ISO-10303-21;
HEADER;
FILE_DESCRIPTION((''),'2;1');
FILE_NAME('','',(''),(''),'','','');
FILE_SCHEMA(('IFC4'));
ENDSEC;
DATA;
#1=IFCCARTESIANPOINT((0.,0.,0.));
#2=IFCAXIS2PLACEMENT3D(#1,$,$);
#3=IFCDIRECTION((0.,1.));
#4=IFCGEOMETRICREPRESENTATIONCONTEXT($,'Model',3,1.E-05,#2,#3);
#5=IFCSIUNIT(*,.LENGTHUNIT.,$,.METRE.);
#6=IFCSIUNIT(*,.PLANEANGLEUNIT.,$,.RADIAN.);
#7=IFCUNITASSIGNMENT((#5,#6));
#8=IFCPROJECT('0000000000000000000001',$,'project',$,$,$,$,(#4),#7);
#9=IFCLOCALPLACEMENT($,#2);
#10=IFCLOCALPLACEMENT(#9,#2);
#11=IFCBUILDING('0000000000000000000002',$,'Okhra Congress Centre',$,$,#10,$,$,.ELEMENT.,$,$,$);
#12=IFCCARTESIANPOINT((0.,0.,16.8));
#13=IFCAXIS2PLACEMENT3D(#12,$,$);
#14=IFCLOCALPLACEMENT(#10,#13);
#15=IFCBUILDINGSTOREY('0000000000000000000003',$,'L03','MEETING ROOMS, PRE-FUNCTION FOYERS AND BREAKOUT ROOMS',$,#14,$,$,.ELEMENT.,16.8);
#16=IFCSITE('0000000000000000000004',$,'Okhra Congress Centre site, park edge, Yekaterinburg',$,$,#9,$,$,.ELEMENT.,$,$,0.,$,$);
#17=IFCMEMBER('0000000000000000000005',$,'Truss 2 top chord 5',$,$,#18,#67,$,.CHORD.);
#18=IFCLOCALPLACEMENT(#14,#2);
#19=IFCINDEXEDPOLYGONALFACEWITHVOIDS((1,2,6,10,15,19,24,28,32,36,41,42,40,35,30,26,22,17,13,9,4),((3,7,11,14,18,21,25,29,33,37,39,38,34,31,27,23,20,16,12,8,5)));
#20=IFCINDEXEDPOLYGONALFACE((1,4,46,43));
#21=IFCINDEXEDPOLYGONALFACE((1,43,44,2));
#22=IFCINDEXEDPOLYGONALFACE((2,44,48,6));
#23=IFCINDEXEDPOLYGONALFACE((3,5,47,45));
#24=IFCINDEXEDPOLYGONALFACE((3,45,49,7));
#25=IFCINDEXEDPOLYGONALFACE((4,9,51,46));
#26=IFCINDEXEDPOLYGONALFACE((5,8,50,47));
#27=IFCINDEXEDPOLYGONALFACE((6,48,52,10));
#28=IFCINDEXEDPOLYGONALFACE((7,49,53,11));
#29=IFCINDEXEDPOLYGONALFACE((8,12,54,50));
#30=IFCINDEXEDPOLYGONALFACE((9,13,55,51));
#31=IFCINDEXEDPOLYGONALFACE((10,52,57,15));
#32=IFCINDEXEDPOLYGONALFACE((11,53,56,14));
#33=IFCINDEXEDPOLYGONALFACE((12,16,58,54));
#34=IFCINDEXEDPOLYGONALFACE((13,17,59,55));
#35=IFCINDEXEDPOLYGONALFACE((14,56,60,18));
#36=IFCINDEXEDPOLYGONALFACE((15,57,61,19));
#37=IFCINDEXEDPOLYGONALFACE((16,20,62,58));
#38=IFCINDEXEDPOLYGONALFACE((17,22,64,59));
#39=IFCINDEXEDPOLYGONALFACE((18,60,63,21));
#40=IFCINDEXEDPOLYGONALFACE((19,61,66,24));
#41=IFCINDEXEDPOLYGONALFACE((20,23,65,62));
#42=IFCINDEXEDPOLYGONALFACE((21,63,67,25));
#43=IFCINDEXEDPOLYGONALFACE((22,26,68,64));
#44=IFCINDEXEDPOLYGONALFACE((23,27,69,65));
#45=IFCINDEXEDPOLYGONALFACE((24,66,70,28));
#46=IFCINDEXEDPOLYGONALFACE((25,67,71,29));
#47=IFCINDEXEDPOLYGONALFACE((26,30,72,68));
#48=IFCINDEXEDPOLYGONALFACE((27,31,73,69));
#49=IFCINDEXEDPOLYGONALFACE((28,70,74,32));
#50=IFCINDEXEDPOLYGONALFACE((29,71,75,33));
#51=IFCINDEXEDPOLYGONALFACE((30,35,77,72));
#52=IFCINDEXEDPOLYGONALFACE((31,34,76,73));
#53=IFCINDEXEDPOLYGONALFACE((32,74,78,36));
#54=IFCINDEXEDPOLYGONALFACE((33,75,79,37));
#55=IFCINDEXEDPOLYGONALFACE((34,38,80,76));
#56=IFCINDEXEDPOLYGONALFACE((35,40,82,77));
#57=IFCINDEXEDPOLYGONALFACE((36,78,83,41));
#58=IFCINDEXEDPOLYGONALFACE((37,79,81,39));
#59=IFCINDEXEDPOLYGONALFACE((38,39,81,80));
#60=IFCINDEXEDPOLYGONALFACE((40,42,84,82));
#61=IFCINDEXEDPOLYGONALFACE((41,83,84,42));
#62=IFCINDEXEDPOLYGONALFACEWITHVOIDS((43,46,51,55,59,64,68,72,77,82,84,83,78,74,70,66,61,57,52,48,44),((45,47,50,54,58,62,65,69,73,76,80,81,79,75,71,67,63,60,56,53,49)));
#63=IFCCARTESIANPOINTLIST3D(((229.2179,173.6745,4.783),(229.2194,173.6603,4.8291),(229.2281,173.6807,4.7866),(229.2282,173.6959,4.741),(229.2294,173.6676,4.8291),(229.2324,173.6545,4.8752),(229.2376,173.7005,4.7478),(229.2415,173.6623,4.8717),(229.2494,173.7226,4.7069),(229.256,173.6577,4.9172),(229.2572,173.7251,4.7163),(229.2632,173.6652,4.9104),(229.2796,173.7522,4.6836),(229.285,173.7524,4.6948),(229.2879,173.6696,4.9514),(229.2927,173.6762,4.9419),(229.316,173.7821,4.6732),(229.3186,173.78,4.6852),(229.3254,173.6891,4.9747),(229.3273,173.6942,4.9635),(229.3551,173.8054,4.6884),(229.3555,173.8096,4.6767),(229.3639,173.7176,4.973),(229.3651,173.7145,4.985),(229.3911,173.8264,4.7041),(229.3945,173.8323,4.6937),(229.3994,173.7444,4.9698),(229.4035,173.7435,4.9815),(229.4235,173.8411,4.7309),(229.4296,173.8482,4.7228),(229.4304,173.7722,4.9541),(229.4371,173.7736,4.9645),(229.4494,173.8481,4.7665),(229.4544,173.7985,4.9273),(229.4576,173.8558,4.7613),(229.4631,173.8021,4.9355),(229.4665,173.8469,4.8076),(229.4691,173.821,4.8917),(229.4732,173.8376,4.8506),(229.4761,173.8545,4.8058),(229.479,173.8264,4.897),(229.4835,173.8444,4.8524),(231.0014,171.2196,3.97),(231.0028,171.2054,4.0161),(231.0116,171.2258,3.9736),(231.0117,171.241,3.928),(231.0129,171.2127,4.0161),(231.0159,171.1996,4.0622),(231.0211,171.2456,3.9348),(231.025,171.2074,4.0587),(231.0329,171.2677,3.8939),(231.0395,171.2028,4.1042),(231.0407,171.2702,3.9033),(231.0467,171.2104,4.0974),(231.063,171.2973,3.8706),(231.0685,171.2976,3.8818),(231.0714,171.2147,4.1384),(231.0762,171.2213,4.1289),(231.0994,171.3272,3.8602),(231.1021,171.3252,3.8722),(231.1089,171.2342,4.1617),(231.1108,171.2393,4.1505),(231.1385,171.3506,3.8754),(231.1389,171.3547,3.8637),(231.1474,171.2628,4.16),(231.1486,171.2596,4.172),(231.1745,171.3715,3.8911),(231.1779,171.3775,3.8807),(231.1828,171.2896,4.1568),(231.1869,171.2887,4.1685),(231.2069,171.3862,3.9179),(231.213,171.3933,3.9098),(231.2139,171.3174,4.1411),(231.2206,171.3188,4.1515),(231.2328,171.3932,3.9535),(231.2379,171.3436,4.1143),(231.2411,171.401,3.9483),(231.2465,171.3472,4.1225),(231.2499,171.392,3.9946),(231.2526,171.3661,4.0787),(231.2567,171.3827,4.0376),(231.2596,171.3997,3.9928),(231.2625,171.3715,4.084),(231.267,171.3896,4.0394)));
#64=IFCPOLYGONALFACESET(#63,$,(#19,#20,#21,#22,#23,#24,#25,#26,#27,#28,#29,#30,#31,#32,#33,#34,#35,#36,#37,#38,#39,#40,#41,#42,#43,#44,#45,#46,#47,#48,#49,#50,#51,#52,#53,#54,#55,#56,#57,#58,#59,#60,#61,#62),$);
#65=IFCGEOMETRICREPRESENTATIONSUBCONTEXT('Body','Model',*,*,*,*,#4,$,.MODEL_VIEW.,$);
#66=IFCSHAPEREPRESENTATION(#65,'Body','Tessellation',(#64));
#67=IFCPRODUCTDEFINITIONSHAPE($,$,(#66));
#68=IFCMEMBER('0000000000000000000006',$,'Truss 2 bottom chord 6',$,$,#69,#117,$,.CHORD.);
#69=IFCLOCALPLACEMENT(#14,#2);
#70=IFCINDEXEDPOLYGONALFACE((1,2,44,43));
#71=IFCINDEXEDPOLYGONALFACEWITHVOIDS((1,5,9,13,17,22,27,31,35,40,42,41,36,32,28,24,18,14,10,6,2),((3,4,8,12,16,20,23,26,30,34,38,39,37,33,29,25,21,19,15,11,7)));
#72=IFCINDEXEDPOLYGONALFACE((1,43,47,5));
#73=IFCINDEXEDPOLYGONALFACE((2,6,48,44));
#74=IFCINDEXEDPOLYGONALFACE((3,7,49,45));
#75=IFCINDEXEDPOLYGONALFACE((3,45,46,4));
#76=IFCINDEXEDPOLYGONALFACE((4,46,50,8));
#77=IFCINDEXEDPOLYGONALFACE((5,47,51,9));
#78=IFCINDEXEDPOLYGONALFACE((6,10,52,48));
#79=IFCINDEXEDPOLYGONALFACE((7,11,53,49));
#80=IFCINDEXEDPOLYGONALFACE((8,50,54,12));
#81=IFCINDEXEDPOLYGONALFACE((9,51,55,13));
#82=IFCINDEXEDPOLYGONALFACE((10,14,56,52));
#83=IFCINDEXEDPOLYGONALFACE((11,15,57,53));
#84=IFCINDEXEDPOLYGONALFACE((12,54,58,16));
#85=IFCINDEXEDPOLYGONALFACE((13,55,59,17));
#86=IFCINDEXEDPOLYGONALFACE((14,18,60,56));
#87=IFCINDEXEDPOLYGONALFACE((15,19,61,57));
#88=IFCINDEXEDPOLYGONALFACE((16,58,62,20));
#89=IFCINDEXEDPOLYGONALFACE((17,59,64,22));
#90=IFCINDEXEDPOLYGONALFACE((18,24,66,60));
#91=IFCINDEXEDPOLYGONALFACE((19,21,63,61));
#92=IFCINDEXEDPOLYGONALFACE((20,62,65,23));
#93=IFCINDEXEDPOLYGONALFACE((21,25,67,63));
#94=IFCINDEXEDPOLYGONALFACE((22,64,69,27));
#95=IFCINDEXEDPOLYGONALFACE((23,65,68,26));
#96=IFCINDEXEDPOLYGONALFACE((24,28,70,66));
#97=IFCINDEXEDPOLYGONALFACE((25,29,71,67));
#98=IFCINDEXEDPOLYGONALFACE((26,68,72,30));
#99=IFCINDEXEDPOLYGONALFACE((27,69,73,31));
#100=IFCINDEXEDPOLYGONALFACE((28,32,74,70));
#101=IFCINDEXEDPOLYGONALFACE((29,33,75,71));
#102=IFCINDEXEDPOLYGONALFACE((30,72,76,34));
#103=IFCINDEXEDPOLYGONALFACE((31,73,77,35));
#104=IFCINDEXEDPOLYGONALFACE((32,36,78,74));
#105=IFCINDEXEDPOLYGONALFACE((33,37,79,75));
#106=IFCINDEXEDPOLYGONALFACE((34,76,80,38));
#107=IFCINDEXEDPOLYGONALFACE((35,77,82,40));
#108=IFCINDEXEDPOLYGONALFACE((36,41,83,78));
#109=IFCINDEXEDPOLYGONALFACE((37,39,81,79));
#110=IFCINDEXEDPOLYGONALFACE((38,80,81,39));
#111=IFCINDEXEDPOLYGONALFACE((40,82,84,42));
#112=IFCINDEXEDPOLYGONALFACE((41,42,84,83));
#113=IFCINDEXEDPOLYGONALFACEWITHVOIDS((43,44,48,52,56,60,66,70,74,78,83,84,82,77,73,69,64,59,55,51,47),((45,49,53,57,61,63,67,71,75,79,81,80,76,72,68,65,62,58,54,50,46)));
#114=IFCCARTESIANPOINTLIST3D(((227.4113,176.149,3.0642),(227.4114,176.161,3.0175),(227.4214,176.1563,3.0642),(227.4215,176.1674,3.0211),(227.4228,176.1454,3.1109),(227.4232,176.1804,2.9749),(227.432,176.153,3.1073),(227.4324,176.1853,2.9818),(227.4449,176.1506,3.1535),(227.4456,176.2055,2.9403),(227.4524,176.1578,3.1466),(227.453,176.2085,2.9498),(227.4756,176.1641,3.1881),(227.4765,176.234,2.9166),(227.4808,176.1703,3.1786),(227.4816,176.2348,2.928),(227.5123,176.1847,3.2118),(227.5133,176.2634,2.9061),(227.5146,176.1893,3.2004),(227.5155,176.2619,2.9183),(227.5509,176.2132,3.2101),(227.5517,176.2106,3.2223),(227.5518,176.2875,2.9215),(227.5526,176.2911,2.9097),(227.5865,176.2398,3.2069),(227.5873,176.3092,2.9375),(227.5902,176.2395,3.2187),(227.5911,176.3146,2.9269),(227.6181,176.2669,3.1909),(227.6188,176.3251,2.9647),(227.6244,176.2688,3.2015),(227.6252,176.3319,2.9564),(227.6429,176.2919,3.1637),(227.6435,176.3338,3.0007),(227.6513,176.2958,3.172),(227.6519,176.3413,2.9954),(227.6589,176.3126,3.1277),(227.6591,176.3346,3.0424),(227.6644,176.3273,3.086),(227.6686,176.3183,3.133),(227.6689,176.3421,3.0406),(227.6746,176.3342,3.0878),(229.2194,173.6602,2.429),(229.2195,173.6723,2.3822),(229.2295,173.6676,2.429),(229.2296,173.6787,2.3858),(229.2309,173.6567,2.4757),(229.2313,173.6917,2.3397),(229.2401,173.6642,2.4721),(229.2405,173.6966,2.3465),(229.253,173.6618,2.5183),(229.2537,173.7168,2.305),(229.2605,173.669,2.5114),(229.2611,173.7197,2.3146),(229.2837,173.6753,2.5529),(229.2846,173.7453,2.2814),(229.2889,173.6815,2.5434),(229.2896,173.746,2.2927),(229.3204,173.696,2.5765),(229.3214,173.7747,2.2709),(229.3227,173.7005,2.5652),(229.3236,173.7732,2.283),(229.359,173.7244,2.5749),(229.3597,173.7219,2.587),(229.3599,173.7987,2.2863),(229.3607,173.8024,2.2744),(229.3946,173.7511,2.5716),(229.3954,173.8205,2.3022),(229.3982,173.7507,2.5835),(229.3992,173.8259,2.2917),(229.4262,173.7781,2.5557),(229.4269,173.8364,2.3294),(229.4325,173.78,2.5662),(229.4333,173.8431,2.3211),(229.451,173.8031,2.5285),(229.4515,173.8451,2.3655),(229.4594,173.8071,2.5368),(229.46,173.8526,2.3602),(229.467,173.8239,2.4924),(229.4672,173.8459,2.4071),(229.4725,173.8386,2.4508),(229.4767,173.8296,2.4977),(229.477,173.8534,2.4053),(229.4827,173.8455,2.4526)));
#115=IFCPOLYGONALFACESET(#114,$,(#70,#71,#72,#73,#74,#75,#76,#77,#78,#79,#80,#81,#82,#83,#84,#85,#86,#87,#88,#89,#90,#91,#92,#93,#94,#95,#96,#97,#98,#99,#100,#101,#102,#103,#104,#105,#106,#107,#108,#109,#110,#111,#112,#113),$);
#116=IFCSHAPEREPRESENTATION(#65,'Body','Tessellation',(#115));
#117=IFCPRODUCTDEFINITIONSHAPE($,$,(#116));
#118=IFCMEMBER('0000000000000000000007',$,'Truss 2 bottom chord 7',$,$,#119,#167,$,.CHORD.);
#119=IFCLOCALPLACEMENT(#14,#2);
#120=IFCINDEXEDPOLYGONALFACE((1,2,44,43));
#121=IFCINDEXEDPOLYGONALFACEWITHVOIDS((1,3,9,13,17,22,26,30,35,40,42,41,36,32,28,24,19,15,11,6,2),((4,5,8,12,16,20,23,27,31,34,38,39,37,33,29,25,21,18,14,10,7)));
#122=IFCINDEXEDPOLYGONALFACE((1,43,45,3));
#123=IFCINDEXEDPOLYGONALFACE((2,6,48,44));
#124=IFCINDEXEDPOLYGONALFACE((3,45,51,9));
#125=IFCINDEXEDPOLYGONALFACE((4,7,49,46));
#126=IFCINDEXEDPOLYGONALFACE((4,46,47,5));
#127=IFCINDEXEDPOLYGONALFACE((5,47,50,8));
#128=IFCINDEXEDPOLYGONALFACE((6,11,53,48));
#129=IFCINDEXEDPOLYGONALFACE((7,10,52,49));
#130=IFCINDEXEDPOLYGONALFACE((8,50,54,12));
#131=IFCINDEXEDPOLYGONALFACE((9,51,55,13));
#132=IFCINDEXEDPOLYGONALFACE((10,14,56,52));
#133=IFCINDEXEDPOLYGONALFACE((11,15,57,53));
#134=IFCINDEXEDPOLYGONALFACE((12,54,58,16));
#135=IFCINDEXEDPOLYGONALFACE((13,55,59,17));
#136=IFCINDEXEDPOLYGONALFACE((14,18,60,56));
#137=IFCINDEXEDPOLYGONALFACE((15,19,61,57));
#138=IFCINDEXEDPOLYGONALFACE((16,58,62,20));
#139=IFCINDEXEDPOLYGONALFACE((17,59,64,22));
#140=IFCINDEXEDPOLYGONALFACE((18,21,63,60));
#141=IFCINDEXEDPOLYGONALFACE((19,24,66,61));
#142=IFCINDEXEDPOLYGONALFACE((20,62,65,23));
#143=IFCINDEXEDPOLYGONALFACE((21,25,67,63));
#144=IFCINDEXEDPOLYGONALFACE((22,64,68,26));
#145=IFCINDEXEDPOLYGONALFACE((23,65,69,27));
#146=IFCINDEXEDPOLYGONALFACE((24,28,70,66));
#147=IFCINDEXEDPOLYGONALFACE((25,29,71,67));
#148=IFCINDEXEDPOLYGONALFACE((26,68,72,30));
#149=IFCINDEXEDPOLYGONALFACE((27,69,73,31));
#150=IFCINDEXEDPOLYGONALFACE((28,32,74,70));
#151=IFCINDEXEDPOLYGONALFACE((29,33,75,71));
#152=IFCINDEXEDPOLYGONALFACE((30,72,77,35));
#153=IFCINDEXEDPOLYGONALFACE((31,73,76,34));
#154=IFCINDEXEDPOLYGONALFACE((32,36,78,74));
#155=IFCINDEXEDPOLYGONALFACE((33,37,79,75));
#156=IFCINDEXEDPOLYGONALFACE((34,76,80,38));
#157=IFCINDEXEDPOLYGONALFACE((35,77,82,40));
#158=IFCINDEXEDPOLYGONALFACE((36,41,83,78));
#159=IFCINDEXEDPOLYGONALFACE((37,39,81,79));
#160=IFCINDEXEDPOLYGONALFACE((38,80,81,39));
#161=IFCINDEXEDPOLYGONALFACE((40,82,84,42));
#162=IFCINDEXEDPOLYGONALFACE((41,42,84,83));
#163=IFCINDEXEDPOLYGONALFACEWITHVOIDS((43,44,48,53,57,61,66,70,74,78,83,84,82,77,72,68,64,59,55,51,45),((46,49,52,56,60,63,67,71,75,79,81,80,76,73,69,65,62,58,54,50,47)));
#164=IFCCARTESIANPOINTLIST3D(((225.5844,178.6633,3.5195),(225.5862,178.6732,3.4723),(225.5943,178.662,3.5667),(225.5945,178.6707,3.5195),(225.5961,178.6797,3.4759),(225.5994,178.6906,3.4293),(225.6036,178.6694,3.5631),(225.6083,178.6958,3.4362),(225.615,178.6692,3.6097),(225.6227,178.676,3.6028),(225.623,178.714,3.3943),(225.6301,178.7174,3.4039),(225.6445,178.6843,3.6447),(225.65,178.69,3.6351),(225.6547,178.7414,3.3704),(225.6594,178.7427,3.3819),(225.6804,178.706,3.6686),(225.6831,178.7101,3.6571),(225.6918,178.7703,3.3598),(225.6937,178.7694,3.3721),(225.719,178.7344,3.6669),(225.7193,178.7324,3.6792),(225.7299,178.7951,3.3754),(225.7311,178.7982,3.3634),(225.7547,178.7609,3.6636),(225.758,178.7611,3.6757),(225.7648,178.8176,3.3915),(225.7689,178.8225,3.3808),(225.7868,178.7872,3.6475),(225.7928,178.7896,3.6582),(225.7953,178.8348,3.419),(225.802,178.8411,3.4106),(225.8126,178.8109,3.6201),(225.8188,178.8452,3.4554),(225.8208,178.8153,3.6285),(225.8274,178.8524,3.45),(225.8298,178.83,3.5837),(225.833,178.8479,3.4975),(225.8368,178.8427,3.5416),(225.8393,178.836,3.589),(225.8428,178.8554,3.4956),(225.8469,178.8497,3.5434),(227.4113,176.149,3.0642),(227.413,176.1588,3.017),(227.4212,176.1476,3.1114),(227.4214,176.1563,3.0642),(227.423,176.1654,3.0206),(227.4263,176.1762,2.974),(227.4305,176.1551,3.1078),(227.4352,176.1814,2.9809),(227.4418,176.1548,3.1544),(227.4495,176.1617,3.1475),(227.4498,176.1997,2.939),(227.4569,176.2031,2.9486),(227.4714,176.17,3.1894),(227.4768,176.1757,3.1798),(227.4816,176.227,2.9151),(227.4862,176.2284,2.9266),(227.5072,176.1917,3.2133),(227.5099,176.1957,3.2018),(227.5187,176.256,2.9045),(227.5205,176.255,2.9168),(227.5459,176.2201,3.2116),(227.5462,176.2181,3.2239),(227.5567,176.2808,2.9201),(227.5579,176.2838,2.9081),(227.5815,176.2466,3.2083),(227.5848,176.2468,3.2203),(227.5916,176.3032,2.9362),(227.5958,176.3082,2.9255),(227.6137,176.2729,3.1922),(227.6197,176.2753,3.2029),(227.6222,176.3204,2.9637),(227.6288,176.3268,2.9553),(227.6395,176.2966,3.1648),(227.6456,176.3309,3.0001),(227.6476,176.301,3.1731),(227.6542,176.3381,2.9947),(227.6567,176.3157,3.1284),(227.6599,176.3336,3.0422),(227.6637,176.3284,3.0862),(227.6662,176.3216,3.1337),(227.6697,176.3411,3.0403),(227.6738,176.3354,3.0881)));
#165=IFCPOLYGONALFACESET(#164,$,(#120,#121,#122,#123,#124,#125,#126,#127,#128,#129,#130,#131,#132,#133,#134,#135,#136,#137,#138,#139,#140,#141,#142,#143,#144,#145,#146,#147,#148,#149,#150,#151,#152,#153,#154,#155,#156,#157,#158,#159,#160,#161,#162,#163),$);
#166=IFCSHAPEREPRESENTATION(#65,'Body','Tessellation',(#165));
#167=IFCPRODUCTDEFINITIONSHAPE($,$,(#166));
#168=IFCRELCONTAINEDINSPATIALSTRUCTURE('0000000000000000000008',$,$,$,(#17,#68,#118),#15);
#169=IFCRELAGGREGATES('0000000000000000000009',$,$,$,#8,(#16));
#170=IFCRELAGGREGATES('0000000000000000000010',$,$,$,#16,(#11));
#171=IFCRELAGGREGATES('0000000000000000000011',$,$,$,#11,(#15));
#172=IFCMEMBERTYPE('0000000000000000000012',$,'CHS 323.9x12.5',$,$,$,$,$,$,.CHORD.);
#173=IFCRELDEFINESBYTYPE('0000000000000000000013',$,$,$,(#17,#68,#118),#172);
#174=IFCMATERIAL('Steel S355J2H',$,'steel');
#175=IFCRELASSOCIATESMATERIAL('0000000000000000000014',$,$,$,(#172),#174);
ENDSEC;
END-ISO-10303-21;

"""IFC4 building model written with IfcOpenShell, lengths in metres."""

from ifc_helpers import new_model, si_unit, direction, frame, origin, origin_2d, place, context, subcontext, project, spatial, hollow_circle, extrude, material, material_profile, profile_set, type_object, element, save


model = new_model("IFC4")

# Units and contexts
model_context = context("Model", 3, precision=1e-05, world=origin(), true_north=direction((0.0, 1.0)))
body_context = subcontext(model_context, "Body", "Model", "MODEL_VIEW")
ifc_project = project(units=[si_unit("LENGTHUNIT", "METRE"), si_unit("PLANEANGLEUNIT", "RADIAN")], contexts=[model_context])

# Site, building, storey
site_placement = place(None, origin())
site = spatial("IfcSite", under=ifc_project, at=site_placement, Name="Okhra Congress Centre site, park edge, Yekaterinburg", CompositionType="ELEMENT", RefElevation=0.0)
building_placement = place(site_placement, origin())
building = spatial("IfcBuilding", under=site, at=building_placement, Name="Okhra Congress Centre", CompositionType="ELEMENT")
storey_placement = place(building_placement, frame((0.0, 0.0, 16.8)))
storey = spatial("IfcBuildingStorey", under=building, at=storey_placement, Name="L03", Description="MEETING ROOMS, PRE-FUNCTION FOYERS AND BREAKOUT ROOMS", CompositionType="ELEMENT", Elevation=16.8)

# Members
ifc_material_1 = material(Name="Steel S355J2H", Category="steel")
ifc_material_profile_1 = material_profile(ifc_material_1, hollow_circle(Radius=0.1619, WallThickness=0.0125, at=origin_2d()), Name="CHS 323.9x12.5")
ifc_profile_set_1 = profile_set([ifc_material_profile_1], Name="Steel S355J2H")
member_type_1 = type_object("IfcMemberType", Name="CHS 323.9x12.5", PredefinedType="CHORD", material=ifc_profile_set_1)
for number, where, z_axis, x_axis, name in (
    (1, (231.1338, 171.3005, 4.0161), (-0.56774, 0.781468, 0.258805), (-0.809032, -0.587765, 0.0), "Truss 2 top chord 5"),
):
    element("IfcMember", number, at=place(storey_placement, frame(where, z_axis=z_axis, x_axis=x_axis)), inside=storey, type_object=member_type_1, Name=name, PredefinedType="CHORD", context=body_context, shape_type="SweptSolid", body=[
        extrude(hollow_circle(Radius=0.1619, WallThickness=0.0125, at=origin_2d()), origin(), (0.0, 0.0, 1.0), 3.1414),
    ])
for number, where, z_axis, x_axis, name in (
    (2, (229.3503, 173.7554, 2.429), (-0.575621, 0.792314, 0.202237), (-0.809031, -0.587766, 0.0), "Truss 2 bottom chord 6"),
    (3, (227.5422, 176.2441, 3.0642), (-0.581595, 0.80046, 0.144952), (-0.809004, -0.587803, 0.0), "Truss 2 bottom chord 7"),
):
    element("IfcMember", number, at=place(storey_placement, frame(where, z_axis=z_axis, x_axis=x_axis)), inside=storey, type_object=member_type_1, Name=name, PredefinedType="CHORD", context=body_context, shape_type="SweptSolid", body=[
        extrude(hollow_circle(Radius=0.1619, WallThickness=0.0125, at=origin_2d()), origin(), (0.0, 0.0, 1.0), 3.1411),
    ])

save(model, "model.ifc")
